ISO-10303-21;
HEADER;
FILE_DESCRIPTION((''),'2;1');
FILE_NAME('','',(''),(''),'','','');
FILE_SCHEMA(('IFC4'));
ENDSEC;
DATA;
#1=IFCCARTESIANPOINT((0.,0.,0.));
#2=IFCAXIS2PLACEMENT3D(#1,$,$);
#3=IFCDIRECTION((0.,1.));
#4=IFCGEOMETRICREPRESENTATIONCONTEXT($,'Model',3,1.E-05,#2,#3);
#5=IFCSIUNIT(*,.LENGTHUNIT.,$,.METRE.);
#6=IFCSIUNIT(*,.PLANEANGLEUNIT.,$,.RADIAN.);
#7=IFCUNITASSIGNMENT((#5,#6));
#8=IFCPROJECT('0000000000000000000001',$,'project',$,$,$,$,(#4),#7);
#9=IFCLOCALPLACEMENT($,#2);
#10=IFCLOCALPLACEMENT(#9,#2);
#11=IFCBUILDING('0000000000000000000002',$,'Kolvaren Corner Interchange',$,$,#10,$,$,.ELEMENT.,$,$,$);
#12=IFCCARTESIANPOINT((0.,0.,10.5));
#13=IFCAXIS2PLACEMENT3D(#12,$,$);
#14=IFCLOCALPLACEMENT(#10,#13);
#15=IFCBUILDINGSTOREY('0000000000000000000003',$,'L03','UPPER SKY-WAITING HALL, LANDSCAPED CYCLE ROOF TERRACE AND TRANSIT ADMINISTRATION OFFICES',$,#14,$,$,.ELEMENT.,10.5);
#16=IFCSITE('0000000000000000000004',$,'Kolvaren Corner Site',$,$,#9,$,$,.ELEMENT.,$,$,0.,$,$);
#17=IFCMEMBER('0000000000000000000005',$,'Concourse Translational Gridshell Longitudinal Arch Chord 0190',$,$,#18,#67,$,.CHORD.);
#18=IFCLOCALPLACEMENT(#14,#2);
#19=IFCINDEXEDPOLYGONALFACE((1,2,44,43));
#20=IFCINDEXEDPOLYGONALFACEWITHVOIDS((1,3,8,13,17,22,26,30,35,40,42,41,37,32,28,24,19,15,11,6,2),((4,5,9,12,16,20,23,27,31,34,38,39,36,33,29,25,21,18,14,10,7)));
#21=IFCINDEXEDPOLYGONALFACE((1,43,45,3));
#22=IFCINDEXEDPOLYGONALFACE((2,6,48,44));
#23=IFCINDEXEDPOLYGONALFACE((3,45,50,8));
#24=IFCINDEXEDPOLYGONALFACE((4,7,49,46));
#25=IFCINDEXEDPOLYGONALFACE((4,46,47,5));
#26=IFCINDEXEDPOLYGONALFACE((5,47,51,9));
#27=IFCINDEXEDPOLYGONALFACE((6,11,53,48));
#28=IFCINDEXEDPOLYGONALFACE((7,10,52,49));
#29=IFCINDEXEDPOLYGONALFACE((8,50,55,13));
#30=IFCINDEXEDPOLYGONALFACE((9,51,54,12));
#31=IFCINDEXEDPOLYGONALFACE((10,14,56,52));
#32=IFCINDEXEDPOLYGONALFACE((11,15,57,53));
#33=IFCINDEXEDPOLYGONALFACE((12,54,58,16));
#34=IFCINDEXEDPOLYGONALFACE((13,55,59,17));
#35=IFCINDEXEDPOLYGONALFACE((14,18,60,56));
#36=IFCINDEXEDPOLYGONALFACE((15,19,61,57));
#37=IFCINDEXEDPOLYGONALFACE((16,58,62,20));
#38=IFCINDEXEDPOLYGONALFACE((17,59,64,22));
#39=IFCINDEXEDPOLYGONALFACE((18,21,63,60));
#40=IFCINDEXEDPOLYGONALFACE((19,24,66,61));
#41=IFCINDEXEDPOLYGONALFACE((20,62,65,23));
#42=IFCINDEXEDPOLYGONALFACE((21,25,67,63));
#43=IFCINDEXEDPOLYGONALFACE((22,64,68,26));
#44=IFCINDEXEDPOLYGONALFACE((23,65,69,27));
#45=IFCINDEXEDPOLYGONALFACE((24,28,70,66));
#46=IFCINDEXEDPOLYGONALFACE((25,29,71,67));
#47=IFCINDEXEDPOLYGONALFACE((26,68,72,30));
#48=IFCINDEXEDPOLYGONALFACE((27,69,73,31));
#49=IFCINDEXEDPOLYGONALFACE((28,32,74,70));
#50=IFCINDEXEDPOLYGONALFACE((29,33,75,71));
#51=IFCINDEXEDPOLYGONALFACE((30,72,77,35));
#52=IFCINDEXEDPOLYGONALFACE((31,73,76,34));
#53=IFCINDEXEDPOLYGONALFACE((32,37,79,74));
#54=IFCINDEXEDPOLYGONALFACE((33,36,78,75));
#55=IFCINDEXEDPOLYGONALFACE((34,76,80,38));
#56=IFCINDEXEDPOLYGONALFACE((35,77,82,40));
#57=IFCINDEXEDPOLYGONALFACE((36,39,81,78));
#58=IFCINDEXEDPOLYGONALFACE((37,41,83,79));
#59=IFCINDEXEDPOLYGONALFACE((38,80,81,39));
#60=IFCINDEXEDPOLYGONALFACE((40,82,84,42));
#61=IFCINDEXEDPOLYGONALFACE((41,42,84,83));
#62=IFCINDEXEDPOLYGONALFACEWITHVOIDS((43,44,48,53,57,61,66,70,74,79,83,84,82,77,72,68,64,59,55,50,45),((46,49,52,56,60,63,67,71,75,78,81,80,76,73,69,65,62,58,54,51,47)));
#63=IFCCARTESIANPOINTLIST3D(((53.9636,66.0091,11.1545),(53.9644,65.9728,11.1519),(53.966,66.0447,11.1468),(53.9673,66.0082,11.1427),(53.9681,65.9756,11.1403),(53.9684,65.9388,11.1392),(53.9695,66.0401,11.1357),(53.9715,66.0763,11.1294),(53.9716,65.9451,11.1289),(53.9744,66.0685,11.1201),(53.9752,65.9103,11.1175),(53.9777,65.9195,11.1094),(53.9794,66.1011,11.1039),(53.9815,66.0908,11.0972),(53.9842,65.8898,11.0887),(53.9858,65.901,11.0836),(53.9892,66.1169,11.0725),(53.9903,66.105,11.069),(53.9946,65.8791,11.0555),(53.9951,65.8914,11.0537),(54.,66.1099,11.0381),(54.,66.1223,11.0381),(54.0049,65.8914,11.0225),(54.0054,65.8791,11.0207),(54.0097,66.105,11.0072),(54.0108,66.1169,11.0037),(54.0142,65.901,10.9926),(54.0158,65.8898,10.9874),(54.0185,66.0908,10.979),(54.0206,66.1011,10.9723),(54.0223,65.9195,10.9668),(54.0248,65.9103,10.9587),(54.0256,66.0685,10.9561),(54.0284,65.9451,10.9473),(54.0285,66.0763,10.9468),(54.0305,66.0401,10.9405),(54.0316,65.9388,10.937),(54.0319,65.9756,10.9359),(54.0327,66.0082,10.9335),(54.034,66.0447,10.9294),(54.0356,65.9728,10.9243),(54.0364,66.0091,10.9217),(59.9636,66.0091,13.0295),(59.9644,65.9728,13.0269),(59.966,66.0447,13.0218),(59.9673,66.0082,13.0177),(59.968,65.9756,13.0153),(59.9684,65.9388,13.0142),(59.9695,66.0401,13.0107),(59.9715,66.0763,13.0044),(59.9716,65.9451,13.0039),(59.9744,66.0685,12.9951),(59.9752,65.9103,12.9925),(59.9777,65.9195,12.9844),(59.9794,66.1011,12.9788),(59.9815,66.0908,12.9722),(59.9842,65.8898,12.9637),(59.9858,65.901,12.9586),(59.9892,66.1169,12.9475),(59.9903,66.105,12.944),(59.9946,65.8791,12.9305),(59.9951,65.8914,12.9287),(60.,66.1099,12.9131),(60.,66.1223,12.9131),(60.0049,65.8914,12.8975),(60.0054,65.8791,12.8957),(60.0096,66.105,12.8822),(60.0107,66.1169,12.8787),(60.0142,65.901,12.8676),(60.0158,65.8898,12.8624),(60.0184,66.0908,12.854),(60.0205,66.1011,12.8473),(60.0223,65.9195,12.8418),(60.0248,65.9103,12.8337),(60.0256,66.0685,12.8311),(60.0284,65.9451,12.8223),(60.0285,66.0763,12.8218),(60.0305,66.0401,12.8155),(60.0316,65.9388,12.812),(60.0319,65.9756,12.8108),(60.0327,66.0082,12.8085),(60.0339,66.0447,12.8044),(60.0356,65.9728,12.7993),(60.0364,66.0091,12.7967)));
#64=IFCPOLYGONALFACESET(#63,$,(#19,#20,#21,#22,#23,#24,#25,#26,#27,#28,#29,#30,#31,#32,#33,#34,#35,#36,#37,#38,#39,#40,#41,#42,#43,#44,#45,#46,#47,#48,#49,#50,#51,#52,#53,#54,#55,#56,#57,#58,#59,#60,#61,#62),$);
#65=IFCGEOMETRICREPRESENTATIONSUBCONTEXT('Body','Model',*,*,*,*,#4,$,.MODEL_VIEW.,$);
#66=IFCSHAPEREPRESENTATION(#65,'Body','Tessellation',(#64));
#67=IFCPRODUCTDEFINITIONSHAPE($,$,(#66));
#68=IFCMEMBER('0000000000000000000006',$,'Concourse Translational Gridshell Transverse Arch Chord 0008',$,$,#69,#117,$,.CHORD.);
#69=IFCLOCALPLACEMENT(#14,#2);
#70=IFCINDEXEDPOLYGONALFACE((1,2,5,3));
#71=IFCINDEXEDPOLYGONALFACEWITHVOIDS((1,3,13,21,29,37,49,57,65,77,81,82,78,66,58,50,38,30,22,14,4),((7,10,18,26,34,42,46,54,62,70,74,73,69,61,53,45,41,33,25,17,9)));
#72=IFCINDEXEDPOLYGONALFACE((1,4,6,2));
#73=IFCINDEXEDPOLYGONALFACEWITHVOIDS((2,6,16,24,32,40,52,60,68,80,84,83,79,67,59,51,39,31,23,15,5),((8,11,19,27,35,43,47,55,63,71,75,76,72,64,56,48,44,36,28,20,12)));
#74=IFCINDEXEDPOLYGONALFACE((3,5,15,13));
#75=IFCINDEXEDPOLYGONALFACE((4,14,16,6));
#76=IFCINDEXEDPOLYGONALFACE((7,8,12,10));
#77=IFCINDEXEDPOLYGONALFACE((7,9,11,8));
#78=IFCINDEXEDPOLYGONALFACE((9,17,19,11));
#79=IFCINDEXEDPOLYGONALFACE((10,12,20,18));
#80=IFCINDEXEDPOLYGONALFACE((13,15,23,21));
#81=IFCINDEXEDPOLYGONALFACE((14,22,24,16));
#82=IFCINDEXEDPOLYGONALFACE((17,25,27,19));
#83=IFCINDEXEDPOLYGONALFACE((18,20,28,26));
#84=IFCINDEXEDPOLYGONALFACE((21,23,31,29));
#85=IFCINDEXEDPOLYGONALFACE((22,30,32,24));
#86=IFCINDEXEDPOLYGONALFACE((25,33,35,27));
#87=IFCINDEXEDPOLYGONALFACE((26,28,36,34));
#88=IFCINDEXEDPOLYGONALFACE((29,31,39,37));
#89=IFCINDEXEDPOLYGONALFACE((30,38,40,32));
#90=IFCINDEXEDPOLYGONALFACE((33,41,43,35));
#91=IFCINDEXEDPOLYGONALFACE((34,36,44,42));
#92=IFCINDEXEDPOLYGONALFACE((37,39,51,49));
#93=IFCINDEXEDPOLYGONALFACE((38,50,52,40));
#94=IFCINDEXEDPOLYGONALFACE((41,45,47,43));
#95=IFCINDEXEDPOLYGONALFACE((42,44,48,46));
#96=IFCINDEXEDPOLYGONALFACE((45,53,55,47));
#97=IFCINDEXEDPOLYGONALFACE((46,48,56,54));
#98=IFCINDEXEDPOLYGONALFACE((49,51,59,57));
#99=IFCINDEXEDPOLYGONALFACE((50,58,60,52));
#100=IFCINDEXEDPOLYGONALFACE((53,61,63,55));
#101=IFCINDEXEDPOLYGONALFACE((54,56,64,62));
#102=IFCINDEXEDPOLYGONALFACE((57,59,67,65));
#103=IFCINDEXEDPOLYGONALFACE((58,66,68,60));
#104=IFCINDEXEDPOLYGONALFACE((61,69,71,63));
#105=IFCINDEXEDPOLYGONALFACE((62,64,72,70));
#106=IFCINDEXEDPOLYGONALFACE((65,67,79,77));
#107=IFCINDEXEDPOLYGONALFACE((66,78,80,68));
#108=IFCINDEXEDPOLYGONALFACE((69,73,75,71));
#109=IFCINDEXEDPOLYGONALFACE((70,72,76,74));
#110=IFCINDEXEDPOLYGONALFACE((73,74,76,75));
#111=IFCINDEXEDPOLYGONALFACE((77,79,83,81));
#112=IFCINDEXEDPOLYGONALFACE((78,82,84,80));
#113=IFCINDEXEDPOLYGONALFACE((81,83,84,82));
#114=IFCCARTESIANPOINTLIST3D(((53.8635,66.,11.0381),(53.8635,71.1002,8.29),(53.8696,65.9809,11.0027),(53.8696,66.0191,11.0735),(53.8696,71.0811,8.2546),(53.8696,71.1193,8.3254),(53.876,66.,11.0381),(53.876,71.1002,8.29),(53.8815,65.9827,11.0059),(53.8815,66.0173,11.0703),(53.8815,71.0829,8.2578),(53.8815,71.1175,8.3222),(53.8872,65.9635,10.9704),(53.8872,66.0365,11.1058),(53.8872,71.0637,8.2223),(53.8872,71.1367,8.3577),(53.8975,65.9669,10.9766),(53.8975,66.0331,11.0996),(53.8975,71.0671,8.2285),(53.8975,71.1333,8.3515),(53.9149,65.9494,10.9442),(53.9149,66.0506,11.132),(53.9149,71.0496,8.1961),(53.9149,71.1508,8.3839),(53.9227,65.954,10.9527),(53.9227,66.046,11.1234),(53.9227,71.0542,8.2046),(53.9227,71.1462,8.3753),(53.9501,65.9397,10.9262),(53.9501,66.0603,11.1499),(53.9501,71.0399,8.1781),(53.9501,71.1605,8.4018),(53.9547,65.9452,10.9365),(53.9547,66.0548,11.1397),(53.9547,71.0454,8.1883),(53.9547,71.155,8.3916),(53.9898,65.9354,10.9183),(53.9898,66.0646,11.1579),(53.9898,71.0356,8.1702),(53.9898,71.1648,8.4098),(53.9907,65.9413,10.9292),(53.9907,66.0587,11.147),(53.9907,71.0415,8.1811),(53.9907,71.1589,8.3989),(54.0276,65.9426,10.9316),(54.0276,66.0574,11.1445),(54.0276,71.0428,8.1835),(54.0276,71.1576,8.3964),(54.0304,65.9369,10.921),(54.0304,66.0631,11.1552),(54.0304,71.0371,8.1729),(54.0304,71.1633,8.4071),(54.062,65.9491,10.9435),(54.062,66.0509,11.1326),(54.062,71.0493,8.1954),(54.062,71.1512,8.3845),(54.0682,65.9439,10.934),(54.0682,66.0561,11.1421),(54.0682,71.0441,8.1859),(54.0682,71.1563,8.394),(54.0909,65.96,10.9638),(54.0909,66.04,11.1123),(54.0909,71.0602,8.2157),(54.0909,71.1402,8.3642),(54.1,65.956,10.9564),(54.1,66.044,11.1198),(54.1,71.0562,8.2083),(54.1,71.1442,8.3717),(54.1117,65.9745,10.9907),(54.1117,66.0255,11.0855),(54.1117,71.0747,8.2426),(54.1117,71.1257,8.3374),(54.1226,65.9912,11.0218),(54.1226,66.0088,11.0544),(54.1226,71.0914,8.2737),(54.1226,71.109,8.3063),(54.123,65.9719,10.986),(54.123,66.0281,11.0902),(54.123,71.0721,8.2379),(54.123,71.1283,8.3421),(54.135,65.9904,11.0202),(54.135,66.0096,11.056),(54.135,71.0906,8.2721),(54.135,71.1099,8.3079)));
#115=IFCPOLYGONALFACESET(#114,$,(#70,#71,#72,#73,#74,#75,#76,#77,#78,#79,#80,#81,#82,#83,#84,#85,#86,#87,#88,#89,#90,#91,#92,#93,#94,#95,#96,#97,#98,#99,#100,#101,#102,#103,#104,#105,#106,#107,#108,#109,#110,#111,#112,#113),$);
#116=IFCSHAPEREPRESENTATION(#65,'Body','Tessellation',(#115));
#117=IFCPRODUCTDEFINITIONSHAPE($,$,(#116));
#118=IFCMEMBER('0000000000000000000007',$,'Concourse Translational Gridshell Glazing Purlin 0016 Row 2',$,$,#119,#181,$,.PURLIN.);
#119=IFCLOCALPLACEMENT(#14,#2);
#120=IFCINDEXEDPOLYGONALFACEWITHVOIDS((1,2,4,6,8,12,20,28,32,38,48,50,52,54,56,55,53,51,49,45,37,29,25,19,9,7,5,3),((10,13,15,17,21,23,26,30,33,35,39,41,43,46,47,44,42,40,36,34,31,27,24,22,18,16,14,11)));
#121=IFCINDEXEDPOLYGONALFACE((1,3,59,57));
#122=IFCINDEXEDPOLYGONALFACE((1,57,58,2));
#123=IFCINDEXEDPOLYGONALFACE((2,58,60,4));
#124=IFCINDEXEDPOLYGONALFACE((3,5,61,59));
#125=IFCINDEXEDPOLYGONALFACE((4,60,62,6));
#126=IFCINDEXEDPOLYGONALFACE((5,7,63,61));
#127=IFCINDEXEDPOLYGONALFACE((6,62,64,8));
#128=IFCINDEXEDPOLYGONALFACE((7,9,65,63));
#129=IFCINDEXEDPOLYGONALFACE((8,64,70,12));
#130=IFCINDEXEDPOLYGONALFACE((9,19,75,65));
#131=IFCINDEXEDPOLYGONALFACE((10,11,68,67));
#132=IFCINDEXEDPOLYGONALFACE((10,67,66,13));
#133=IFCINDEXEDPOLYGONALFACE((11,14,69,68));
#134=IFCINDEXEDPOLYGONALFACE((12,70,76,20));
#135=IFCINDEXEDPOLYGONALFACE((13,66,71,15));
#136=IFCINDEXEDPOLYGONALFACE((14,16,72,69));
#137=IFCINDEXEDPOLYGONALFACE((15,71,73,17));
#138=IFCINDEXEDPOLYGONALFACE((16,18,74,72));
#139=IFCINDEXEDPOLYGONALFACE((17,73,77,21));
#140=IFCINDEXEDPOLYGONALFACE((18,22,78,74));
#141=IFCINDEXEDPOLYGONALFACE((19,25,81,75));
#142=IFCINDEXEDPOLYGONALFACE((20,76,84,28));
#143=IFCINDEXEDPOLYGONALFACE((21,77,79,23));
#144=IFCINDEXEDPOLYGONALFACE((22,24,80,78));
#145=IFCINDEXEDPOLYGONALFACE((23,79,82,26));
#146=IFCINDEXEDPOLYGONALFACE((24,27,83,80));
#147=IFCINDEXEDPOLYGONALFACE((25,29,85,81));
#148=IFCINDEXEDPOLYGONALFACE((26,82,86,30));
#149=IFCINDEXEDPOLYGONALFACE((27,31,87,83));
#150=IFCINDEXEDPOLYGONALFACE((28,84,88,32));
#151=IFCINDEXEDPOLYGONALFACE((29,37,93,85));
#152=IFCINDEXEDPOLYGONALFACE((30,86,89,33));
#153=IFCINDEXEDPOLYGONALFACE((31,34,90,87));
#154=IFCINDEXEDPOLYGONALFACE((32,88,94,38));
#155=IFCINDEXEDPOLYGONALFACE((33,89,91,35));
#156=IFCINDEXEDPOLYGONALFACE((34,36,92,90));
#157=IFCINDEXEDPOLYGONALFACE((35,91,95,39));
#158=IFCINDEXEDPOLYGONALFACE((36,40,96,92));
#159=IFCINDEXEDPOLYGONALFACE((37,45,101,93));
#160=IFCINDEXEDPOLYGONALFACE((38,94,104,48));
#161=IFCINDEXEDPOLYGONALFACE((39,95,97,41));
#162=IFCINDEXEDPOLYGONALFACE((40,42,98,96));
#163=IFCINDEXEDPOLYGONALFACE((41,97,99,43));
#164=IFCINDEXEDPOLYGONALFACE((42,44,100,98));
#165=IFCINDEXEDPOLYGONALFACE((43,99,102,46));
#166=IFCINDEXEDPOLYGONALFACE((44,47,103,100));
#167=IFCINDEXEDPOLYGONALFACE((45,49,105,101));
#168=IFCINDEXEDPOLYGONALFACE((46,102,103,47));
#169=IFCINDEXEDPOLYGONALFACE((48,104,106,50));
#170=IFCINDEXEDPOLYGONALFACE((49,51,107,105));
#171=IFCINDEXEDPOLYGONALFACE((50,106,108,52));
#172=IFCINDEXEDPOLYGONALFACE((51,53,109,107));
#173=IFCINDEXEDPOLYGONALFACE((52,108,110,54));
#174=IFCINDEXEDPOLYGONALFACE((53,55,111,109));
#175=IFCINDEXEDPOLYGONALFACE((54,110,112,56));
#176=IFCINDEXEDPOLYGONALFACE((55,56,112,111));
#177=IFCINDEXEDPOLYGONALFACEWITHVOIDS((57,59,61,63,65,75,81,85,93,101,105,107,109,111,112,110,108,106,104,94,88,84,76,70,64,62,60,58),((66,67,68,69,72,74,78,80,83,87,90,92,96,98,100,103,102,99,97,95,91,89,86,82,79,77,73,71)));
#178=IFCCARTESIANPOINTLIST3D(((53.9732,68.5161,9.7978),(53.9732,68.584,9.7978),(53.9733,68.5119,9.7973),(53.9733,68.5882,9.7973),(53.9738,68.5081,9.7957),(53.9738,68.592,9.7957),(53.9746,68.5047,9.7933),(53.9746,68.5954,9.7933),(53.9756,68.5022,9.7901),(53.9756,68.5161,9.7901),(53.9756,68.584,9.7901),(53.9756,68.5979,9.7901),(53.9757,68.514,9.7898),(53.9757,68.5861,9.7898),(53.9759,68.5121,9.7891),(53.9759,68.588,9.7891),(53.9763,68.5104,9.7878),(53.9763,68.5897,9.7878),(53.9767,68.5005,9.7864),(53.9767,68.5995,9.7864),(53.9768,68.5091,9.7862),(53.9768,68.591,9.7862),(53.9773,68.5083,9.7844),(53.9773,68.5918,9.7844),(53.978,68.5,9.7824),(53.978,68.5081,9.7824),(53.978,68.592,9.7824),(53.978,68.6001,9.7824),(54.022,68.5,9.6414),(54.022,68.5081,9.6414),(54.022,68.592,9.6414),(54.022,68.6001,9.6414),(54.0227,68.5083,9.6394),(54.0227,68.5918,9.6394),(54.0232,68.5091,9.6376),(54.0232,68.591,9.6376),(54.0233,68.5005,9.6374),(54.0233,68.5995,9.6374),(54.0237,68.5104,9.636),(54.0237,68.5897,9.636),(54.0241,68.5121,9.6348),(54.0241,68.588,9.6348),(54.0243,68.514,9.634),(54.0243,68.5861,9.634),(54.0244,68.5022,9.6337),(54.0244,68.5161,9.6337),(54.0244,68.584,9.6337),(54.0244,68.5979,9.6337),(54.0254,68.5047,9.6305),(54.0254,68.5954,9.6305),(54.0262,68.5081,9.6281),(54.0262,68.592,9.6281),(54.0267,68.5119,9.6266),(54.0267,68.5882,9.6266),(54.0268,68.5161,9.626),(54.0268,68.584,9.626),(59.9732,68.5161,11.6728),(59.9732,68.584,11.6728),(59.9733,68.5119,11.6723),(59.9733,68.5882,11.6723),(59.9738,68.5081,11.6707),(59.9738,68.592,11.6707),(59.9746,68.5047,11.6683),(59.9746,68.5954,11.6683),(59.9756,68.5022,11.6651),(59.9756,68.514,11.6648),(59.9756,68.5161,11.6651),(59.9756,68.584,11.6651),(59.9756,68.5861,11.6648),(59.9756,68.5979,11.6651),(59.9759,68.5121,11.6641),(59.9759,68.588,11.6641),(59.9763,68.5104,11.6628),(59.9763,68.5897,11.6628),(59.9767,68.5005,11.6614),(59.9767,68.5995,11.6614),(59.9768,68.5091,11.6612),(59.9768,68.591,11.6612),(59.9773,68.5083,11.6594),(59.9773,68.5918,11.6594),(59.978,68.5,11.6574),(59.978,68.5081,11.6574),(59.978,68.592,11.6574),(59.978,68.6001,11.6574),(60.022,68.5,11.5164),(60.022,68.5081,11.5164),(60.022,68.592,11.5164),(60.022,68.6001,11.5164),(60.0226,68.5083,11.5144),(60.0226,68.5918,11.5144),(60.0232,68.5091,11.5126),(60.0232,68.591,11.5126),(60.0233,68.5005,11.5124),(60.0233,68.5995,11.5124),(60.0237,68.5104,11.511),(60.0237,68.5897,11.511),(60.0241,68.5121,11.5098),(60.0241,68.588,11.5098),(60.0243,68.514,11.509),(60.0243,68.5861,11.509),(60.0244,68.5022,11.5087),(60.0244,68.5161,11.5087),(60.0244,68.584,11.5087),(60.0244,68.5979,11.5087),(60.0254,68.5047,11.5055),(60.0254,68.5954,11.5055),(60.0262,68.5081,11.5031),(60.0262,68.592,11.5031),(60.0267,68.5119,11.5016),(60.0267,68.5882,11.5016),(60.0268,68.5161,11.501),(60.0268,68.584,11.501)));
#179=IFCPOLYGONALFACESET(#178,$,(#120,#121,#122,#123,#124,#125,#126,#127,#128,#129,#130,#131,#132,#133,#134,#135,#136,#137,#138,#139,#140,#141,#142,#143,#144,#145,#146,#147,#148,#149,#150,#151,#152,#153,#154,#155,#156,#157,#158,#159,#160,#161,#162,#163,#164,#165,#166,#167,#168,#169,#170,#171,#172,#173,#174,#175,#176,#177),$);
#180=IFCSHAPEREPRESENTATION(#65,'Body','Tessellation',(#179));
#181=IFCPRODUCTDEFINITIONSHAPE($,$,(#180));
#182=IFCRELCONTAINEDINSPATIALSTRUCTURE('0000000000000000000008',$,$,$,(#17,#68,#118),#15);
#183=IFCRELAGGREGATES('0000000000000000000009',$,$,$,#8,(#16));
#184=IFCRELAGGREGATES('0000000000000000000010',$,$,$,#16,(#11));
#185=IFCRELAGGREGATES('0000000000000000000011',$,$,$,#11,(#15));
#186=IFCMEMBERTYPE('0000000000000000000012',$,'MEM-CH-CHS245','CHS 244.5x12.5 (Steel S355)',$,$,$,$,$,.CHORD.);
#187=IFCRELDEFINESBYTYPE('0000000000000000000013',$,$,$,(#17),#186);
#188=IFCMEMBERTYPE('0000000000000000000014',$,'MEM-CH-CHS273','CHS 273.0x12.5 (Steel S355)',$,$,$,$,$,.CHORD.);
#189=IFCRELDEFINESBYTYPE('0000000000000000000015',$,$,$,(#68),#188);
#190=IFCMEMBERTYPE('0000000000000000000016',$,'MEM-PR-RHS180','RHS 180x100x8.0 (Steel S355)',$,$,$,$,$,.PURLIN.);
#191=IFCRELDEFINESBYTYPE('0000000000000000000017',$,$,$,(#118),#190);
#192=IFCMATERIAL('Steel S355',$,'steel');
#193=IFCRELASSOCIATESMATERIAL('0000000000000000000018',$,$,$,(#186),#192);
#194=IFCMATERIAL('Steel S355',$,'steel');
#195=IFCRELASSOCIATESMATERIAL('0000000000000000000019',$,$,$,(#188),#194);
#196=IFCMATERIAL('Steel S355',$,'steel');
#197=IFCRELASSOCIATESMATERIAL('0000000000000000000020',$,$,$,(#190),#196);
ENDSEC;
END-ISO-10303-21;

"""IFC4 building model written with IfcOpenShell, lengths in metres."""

from ifc_helpers import new_model, si_unit, direction, frame, origin, origin_2d, place, context, subcontext, project, spatial, hollow_rectangle, hollow_circle, extrude, material, material_profile, profile_set, type_object, element, save


model = new_model("IFC4")

# Units and contexts
model_context = context("Model", 3, precision=1e-05, world=origin(), true_north=direction((0.0, 1.0)))
body_context = subcontext(model_context, "Body", "Model", "MODEL_VIEW")
ifc_project = project(units=[si_unit("LENGTHUNIT", "METRE"), si_unit("PLANEANGLEUNIT", "RADIAN")], contexts=[model_context])

# Site, building, storey
site_placement = place(None, origin())
site = spatial("IfcSite", under=ifc_project, at=site_placement, Name="Kolvaren Corner Site", CompositionType="ELEMENT", RefElevation=0.0)
building_placement = place(site_placement, origin())
building = spatial("IfcBuilding", under=site, at=building_placement, Name="Kolvaren Corner Interchange", CompositionType="ELEMENT")
storey_placement = place(building_placement, frame((0.0, 0.0, 10.5)))
storey = spatial("IfcBuildingStorey", under=building, at=storey_placement, Name="L03", Description="UPPER SKY-WAITING HALL, LANDSCAPED CYCLE ROOF TERRACE AND TRANSIT ADMINISTRATION OFFICES", CompositionType="ELEMENT", Elevation=10.5)

# Members
ifc_material_1 = material(Name="Steel S355", Category="steel")
ifc_material_profile_1 = material_profile(ifc_material_1, hollow_circle(Radius=0.1223, WallThickness=0.0125, at=origin_2d()), Name="CHS 244.5x12.5")
ifc_profile_set_1 = profile_set([ifc_material_profile_1], Name="Steel S355")
member_type_1 = type_object("IfcMemberType", Name="MEM-CH-CHS245", Description="CHS 244.5x12.5 (Steel S355)", PredefinedType="CHORD", material=ifc_profile_set_1)
member_1_placement = place(storey_placement, frame((54.0, 66.0, 11.0381), z_axis=(0.95448, 0.0, 0.298275), x_axis=(0.0, 1.0, 0.0)))
element("IfcMember", 1, at=member_1_placement, inside=storey, type_object=member_type_1, Name="Concourse Translational Gridshell Longitudinal Arch Chord 0190", PredefinedType="CHORD", context=body_context, shape_type="SweptSolid", body=[
    extrude(hollow_circle(Radius=0.1223, WallThickness=0.0125, at=origin_2d()), origin(), (0.0, 0.0, 1.0), 6.2861),
])
ifc_material_2 = material(Name="Steel S355", Category="steel")
ifc_material_profile_2 = material_profile(ifc_material_2, hollow_circle(Radius=0.1365, WallThickness=0.0125, at=origin_2d()), Name="CHS 273.0x12.5")
ifc_profile_set_2 = profile_set([ifc_material_profile_2], Name="Steel S355")
member_type_2 = type_object("IfcMemberType", Name="MEM-CH-CHS273", Description="CHS 273.0x12.5 (Steel S355)", PredefinedType="CHORD", material=ifc_profile_set_2)
member_2_placement = place(storey_placement, frame((54.0, 66.0, 11.0381), z_axis=(0.0, 0.880338, -0.474346), x_axis=(-1.0, 0.0, 0.0)))
element("IfcMember", 2, at=member_2_placement, inside=storey, type_object=member_type_2, Name="Concourse Translational Gridshell Transverse Arch Chord 0008", PredefinedType="CHORD", context=body_context, shape_type="SweptSolid", body=[
    extrude(hollow_circle(Radius=0.1365, WallThickness=0.0125, at=origin_2d()), origin(), (0.0, 0.0, 1.0), 5.7935),
])
ifc_material_3 = material(Name="Steel S355", Category="steel")
ifc_material_profile_3 = material_profile(ifc_material_3, hollow_rectangle(XDim=0.1001, YDim=0.1799, WallThickness=0.0081, InnerFilletRadius=0.0081, OuterFilletRadius=0.0161, at=origin_2d()), Name="RHS 180x100x8.0")
ifc_profile_set_3 = profile_set([ifc_material_profile_3], Name="Steel S355")
member_type_3 = type_object("IfcMemberType", Name="MEM-PR-RHS180", Description="RHS 180x100x8.0 (Steel S355)", PredefinedType="PURLIN", material=ifc_profile_set_3)
member_3_placement = place(storey_placement, frame((54.0, 68.55, 9.7119), z_axis=(0.95448, 0.0, 0.298275), x_axis=(0.0, 1.0, 0.0)))
element("IfcMember", 3, at=member_3_placement, inside=storey, type_object=member_type_3, Name="Concourse Translational Gridshell Glazing Purlin 0016 Row 2", PredefinedType="PURLIN", context=body_context, shape_type="SweptSolid", body=[
    extrude(hollow_rectangle(XDim=0.1001, YDim=0.1799, WallThickness=0.0081, InnerFilletRadius=0.0081, OuterFilletRadius=0.0161, at=origin_2d()), origin(), (0.0, 0.0, 1.0), 6.2861),
])

save(model, "model.ifc")
